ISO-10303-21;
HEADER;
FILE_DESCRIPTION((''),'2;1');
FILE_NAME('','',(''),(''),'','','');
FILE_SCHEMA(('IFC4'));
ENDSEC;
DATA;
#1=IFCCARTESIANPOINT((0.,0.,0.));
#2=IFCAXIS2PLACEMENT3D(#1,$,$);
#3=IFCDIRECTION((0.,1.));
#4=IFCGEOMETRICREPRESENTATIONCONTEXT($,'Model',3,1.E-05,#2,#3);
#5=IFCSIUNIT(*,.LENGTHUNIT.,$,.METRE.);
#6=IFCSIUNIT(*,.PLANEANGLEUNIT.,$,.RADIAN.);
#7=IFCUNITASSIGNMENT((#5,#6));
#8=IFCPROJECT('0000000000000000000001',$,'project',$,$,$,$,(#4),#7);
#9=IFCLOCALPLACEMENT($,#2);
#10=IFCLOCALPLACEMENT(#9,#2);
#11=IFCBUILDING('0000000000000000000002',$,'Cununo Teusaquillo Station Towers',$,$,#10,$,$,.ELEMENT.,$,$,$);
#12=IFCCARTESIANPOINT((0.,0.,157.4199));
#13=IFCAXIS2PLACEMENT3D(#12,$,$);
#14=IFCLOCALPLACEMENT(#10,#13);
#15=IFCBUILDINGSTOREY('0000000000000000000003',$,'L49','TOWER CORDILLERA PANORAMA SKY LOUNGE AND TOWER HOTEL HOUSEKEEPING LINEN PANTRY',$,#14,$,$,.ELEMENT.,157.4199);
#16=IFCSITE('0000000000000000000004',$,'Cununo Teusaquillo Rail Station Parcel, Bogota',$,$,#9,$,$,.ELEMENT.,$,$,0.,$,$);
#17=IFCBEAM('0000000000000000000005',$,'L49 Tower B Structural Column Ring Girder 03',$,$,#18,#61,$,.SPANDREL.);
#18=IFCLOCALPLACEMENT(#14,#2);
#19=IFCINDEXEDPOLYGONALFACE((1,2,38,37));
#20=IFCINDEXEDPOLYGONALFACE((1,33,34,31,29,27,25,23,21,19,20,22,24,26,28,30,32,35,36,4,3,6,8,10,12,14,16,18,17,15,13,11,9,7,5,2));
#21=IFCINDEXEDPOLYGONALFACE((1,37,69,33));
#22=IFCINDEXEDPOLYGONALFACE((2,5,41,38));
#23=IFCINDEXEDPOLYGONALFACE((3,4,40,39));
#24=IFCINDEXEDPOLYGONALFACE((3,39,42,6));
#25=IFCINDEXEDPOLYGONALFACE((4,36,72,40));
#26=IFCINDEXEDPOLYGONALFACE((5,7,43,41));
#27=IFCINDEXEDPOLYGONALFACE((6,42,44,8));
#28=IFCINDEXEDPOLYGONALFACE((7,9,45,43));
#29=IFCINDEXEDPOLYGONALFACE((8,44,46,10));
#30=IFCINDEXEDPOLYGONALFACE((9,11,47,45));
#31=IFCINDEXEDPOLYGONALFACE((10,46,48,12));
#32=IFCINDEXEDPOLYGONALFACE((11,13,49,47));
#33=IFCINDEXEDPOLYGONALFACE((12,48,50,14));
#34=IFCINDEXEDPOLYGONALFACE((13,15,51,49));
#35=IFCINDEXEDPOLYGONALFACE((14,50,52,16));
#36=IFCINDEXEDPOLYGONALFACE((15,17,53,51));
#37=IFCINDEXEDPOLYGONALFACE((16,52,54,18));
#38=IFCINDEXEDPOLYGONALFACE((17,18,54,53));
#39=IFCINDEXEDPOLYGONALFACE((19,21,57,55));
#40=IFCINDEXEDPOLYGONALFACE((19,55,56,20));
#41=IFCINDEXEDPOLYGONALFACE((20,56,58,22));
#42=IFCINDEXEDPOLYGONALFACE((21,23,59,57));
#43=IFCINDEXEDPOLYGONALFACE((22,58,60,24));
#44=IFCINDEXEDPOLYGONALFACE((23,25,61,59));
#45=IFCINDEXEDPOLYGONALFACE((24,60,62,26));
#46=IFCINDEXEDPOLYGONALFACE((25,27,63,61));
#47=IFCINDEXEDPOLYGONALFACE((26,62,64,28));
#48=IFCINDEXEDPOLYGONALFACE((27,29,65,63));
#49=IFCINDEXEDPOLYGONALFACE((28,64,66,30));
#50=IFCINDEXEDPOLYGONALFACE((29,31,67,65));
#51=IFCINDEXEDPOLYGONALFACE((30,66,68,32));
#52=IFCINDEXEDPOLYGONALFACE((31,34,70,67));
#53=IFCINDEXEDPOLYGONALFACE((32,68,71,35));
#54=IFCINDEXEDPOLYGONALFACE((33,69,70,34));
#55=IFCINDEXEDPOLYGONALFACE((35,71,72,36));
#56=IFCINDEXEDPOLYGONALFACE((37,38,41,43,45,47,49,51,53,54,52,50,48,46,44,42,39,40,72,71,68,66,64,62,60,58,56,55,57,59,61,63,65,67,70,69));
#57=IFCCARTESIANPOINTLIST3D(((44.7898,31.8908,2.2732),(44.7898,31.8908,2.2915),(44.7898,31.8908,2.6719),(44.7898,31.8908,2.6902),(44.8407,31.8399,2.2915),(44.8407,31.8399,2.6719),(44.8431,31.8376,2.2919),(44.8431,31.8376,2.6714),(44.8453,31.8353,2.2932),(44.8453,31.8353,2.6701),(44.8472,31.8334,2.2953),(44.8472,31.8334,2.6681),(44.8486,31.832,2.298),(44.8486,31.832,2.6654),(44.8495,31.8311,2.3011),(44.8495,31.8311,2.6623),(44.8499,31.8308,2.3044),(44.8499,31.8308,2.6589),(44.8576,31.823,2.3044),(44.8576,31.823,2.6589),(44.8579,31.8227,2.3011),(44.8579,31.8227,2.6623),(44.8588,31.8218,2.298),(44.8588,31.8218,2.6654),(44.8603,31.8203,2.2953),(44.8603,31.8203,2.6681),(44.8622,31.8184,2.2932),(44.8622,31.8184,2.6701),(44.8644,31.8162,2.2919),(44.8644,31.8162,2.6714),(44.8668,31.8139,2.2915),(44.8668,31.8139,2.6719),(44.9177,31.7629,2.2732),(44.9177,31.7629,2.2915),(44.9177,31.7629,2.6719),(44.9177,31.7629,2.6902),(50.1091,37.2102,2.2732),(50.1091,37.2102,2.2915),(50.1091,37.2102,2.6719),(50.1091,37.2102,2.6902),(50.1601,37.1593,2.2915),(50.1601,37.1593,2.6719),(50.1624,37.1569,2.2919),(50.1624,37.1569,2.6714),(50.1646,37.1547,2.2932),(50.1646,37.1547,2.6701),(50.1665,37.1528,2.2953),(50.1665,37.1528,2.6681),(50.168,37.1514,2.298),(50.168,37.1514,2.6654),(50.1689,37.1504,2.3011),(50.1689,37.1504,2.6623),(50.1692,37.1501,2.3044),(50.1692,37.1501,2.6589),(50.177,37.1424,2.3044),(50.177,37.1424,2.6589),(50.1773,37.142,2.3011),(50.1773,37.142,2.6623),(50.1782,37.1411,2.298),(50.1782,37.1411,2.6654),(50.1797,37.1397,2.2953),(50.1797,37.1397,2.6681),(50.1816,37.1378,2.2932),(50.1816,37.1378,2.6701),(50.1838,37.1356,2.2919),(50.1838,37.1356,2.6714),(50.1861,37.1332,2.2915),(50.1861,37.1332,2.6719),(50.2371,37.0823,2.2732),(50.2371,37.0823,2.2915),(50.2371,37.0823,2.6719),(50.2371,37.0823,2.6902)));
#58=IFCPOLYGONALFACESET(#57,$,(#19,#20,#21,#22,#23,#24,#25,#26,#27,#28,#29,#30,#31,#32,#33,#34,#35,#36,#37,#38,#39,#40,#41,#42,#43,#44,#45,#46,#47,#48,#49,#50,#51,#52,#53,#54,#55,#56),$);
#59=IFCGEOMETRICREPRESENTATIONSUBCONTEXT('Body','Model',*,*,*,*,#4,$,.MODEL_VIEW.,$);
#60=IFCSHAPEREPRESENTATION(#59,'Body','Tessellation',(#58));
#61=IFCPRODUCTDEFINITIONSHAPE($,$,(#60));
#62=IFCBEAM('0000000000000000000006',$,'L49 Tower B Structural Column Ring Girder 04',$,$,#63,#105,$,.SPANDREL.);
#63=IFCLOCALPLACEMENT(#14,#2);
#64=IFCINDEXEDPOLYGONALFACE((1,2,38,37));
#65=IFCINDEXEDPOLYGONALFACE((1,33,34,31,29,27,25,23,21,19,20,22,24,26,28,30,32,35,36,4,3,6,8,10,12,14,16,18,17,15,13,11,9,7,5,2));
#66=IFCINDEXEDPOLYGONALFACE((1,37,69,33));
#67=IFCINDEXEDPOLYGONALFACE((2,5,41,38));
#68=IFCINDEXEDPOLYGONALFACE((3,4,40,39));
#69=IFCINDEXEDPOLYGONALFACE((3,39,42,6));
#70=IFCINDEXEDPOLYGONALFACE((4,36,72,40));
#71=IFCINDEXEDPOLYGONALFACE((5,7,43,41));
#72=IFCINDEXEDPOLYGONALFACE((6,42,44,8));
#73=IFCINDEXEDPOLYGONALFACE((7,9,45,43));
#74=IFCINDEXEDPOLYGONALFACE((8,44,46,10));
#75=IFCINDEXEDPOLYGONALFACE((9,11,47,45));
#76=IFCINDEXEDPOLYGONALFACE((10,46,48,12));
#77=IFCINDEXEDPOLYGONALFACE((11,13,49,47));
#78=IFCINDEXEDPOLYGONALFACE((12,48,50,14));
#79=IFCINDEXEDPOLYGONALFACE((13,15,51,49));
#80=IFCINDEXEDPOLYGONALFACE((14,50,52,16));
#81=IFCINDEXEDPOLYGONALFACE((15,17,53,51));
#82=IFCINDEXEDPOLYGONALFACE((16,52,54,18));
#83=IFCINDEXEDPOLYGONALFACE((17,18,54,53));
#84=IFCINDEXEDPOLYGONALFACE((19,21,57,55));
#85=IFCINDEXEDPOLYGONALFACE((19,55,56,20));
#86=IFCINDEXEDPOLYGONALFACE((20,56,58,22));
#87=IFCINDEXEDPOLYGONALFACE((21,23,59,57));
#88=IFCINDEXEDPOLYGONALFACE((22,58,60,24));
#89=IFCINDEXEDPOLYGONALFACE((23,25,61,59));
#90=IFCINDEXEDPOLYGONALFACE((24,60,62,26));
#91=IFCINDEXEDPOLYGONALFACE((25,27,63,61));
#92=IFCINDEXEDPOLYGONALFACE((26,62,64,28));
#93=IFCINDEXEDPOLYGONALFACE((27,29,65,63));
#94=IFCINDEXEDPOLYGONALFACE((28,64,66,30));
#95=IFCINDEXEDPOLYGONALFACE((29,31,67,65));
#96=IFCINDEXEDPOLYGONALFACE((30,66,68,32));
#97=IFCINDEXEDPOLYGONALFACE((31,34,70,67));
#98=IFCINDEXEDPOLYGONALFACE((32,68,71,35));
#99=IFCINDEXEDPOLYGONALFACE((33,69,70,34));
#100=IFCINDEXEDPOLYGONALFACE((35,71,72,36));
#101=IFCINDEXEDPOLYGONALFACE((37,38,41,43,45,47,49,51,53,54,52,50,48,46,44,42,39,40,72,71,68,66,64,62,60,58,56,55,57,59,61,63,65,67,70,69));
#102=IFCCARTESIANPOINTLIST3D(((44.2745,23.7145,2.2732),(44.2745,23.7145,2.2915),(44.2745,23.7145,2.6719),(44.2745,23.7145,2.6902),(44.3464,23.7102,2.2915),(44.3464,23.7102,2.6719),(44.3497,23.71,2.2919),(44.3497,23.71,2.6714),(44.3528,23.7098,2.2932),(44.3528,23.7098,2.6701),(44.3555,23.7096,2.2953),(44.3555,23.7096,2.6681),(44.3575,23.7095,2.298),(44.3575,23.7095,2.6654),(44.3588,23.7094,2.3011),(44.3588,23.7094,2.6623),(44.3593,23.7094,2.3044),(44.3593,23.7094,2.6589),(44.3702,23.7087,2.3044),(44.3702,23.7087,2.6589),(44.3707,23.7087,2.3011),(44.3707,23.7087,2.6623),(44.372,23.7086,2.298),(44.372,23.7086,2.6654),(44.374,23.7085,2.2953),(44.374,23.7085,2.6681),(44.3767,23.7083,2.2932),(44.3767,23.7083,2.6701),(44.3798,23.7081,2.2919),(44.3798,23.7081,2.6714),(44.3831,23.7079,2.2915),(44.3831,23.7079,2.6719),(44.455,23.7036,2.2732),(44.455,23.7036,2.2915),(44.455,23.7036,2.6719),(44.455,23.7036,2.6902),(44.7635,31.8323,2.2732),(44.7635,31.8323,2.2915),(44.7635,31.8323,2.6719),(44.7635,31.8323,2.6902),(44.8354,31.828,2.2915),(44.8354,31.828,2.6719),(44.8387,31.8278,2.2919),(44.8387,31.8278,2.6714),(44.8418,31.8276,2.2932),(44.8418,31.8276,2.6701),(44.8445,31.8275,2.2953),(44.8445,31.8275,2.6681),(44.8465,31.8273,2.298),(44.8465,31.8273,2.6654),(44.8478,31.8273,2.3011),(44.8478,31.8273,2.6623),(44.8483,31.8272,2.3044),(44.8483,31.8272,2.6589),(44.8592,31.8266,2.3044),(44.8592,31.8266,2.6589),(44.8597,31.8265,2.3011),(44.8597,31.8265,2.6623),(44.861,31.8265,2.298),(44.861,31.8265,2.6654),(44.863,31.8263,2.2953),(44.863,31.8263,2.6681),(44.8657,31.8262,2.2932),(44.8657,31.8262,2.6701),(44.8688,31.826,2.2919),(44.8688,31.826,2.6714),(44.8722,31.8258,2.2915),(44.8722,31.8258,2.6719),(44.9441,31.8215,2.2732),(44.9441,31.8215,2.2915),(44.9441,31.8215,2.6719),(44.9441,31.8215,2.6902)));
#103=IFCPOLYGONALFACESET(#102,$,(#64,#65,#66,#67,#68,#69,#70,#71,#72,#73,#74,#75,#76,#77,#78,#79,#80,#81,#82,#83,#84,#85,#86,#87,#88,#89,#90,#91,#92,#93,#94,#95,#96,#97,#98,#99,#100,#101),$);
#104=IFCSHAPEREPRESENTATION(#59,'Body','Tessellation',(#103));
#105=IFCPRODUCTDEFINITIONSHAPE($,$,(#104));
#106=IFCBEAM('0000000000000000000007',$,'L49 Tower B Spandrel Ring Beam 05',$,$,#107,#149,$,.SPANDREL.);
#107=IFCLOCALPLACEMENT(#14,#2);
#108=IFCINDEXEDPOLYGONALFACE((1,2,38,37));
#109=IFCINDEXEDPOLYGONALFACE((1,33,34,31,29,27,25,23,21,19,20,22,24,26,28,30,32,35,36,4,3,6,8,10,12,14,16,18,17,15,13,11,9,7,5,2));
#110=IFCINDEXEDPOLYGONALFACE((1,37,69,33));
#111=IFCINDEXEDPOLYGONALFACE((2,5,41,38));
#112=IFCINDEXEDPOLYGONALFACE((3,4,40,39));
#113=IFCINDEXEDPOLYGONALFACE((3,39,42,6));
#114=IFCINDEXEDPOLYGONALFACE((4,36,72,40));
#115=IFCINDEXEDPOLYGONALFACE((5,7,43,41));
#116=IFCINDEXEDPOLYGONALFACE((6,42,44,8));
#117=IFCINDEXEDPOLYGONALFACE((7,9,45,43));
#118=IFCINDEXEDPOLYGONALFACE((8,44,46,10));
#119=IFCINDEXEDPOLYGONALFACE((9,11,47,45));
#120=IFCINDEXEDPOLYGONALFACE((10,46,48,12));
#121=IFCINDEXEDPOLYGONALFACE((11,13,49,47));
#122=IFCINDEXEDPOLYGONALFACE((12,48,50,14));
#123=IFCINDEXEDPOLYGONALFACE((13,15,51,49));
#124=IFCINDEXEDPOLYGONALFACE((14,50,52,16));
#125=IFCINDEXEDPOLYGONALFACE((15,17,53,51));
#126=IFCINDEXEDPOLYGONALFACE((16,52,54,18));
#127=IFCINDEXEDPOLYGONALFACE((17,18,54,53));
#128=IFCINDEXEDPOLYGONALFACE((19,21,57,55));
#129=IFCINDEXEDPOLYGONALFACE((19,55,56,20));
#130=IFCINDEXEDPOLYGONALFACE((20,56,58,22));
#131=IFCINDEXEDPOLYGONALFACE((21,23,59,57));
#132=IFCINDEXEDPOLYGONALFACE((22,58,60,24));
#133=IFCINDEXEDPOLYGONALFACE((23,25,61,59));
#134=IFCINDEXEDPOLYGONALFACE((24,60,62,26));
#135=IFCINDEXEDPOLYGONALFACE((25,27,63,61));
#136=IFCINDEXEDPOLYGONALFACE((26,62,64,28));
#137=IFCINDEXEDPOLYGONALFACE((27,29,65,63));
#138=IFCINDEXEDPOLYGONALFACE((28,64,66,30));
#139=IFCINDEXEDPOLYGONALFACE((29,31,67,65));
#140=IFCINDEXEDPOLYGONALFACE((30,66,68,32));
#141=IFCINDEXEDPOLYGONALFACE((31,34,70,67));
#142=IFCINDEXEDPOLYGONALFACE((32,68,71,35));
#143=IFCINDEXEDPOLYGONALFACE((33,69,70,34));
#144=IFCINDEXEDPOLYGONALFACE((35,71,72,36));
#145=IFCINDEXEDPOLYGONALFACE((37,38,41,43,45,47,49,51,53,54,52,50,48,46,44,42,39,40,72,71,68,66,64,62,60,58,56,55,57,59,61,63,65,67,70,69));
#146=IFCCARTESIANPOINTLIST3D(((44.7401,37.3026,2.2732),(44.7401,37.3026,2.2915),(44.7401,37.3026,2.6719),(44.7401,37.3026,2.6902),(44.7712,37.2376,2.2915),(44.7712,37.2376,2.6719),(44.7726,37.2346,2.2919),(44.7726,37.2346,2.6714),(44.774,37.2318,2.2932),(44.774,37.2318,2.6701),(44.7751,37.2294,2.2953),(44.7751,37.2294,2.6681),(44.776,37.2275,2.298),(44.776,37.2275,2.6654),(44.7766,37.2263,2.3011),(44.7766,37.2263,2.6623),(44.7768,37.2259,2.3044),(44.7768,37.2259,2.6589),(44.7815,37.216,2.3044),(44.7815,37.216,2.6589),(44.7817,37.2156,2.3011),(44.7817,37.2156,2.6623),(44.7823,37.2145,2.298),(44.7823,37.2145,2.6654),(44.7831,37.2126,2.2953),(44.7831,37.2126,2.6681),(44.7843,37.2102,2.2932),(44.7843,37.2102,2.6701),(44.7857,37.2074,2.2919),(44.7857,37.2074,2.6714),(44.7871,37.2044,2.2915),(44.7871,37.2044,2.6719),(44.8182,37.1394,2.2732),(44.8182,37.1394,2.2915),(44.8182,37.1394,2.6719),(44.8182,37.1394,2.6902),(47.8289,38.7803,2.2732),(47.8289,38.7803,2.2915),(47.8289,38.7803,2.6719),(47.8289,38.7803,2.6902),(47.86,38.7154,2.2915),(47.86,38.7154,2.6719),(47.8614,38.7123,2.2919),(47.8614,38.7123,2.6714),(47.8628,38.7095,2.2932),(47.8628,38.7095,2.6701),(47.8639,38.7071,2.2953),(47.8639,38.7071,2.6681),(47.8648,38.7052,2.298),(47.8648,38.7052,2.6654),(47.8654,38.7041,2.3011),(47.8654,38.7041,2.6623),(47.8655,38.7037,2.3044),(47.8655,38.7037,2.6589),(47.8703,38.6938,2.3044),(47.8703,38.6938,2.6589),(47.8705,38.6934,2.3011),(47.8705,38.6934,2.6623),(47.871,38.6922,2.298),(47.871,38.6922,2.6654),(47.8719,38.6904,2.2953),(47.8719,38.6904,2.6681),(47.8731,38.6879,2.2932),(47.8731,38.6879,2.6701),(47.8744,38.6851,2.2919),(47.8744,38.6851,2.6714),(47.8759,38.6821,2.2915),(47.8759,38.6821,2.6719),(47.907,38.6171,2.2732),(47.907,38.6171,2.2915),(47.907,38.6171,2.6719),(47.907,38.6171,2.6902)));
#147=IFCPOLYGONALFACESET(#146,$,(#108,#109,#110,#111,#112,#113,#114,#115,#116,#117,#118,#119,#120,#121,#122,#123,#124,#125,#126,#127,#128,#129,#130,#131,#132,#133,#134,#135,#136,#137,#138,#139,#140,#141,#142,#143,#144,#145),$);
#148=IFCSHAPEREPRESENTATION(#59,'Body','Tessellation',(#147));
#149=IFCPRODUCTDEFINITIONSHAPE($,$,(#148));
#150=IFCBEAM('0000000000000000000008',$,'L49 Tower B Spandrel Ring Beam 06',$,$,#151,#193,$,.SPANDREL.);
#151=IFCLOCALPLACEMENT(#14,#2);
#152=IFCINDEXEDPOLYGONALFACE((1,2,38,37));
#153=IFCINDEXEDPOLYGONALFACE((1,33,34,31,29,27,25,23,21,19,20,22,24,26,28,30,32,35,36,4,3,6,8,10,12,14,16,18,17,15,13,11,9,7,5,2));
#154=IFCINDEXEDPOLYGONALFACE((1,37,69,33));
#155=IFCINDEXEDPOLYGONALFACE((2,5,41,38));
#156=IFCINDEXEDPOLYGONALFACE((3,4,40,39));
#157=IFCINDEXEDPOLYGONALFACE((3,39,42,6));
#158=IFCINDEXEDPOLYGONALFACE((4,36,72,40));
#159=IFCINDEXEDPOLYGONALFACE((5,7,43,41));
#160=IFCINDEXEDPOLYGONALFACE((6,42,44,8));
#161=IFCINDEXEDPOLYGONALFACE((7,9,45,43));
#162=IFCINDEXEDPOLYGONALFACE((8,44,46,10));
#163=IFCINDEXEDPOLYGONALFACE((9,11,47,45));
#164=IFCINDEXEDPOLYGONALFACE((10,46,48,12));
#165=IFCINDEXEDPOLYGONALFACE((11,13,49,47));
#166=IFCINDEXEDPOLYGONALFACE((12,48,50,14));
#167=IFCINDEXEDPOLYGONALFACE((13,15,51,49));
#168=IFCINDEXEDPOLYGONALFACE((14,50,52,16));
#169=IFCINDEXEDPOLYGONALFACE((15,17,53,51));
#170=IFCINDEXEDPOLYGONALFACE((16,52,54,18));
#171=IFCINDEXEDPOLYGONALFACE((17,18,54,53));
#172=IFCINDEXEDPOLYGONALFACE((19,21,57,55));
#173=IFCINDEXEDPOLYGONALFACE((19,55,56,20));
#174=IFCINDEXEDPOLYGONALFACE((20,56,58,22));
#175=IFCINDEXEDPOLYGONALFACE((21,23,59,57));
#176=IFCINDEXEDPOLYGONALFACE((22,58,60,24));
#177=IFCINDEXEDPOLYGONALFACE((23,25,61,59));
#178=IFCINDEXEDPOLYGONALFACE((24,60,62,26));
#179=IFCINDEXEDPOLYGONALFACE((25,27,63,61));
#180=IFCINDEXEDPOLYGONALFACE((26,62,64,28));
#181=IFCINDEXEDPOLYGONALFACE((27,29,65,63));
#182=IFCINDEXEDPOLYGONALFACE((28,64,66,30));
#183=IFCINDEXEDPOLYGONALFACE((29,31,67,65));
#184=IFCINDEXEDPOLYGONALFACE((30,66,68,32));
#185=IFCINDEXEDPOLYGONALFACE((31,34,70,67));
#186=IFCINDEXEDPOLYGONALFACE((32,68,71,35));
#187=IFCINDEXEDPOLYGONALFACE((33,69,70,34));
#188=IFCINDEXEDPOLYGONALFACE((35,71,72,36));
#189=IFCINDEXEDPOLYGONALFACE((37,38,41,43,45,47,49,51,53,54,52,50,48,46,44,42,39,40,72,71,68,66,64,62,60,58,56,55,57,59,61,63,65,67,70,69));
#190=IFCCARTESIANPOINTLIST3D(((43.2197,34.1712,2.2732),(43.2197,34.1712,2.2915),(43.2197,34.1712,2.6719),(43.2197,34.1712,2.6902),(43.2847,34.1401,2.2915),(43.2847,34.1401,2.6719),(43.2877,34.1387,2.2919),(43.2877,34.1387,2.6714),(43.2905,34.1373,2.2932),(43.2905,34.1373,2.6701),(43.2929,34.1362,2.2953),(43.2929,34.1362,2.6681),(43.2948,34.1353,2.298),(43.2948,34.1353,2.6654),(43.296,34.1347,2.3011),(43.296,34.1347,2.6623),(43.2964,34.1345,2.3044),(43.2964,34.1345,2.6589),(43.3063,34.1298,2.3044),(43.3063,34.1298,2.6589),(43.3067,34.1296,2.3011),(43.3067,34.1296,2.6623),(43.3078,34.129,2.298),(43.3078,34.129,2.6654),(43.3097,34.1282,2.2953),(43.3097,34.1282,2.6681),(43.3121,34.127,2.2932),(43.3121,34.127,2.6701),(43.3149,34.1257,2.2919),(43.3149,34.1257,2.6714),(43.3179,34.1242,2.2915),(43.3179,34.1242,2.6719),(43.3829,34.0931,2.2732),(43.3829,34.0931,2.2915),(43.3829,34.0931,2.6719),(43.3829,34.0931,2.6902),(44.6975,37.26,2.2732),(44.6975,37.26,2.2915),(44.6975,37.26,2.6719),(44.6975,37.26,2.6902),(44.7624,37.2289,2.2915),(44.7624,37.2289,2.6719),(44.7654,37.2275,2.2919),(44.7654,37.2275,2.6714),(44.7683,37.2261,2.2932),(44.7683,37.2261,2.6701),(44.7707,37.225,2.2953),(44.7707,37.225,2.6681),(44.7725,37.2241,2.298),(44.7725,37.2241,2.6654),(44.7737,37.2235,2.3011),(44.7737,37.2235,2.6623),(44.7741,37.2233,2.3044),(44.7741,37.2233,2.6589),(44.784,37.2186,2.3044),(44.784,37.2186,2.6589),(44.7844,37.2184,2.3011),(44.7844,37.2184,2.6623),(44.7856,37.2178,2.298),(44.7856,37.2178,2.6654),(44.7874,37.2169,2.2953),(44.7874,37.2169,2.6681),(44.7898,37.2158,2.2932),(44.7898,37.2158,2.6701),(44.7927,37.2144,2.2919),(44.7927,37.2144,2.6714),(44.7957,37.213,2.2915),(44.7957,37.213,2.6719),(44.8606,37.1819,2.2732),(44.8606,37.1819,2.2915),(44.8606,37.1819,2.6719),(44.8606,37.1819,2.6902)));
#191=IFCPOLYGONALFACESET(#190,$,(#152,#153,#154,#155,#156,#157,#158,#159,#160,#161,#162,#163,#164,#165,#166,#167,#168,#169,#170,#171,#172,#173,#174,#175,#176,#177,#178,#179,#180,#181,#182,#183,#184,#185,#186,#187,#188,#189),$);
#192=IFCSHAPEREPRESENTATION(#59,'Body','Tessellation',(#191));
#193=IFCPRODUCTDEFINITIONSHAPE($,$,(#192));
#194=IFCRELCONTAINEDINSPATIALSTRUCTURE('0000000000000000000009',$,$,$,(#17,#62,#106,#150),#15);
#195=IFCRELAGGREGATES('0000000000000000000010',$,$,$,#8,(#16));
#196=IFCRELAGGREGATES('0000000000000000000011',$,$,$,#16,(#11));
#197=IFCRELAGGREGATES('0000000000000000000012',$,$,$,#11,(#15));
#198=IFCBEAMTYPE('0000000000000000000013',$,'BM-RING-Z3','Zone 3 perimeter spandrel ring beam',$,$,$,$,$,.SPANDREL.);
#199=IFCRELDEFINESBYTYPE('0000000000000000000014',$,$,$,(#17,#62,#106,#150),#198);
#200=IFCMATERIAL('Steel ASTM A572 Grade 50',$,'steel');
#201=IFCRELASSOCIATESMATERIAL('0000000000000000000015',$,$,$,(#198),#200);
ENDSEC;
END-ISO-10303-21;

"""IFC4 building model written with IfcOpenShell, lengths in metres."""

from ifc_helpers import new_model, si_unit, direction, frame, origin, origin_2d, place, context, subcontext, project, spatial, i_section, extrude, material, material_profile, profile_set, type_object, element, save


model = new_model("IFC4")

# Units and contexts
model_context = context("Model", 3, precision=1e-05, world=origin(), true_north=direction((0.0, 1.0)))
body_context = subcontext(model_context, "Body", "Model", "MODEL_VIEW")
ifc_project = project(units=[si_unit("LENGTHUNIT", "METRE"), si_unit("PLANEANGLEUNIT", "RADIAN")], contexts=[model_context])

# Site, building, storey
site_placement = place(None, origin())
site = spatial("IfcSite", under=ifc_project, at=site_placement, Name="Cununo Teusaquillo Rail Station Parcel, Bogota", CompositionType="ELEMENT", RefElevation=0.0)
building_placement = place(site_placement, origin())
building = spatial("IfcBuilding", under=site, at=building_placement, Name="Cununo Teusaquillo Station Towers", CompositionType="ELEMENT")
storey_placement = place(building_placement, frame((0.0, 0.0, 157.4199)))
storey = spatial("IfcBuildingStorey", under=building, at=storey_placement, Name="L49", Description="TOWER CORDILLERA PANORAMA SKY LOUNGE AND TOWER HOTEL HOUSEKEEPING LINEN PANTRY", CompositionType="ELEMENT", Elevation=157.4199)

# Beams
ifc_material_1 = material(Name="Steel ASTM A572 Grade 50", Category="steel")
ifc_material_profile_1 = material_profile(ifc_material_1, i_section(OverallWidth=0.1809, OverallDepth=0.417, WebThickness=0.011, FlangeThickness=0.0183, FilletRadius=0.0129, at=origin_2d()), Name="W16X57")
ifc_profile_set_1 = profile_set([ifc_material_profile_1], Name="Steel ASTM A572 Grade 50")
beam_type_1 = type_object("IfcBeamType", Name="BM-RING-Z3", Description="Zone 3 perimeter spandrel ring beam", PredefinedType="SPANDREL", material=ifc_profile_set_1)
beam_1_placement = place(storey_placement, frame((50.1731, 37.1462, 2.4817), z_axis=(-0.707107, -0.707107, 0.0), x_axis=(0.707107, -0.707107, 0.0)))
element("IfcBeam", 1, at=beam_1_placement, inside=storey, type_object=beam_type_1, Name="L49 Tower B Structural Column Ring Girder 03", PredefinedType="SPANDREL", context=body_context, shape_type="SweptSolid", body=[
    extrude(i_section(OverallWidth=0.1809, OverallDepth=0.417, WebThickness=0.011, FlangeThickness=0.0183, FilletRadius=0.0129, at=origin_2d()), origin(), (0.0, 0.0, 1.0), 7.5227),
])
beam_2_placement = place(storey_placement, frame((44.8538, 31.8269, 2.4817), z_axis=(-0.06013, -0.998191, 0.0), x_axis=(0.998191, -0.06013, 0.0)))
element("IfcBeam", 2, at=beam_2_placement, inside=storey, type_object=beam_type_1, Name="L49 Tower B Structural Column Ring Girder 04", PredefinedType="SPANDREL", context=body_context, shape_type="SweptSolid", body=[
    extrude(i_section(OverallWidth=0.1809, OverallDepth=0.417, WebThickness=0.011, FlangeThickness=0.0183, FilletRadius=0.0129, at=origin_2d()), origin(), (0.0, 0.0, 1.0), 8.1326),
])
for number, where, z_axis, x_axis, name in (
    (3, (47.8679, 38.6987, 2.4817), (-0.902078, -0.431574, 0.0), (0.431574, -0.902078, 0.0), "L49 Tower B Spandrel Ring Beam 05"),
    (4, (44.7791, 37.2209, 2.4817), (-0.431574, -0.902078, 0.0), (0.902078, -0.431574, 0.0), "L49 Tower B Spandrel Ring Beam 06"),
):
    element("IfcBeam", number, at=place(storey_placement, frame(where, z_axis=z_axis, x_axis=x_axis)), inside=storey, type_object=beam_type_1, Name=name, PredefinedType="SPANDREL", context=body_context, shape_type="SweptSolid", body=[
        extrude(i_section(OverallWidth=0.1809, OverallDepth=0.417, WebThickness=0.011, FlangeThickness=0.0183, FilletRadius=0.0129, at=origin_2d()), origin(), (0.0, 0.0, 1.0), 3.4241),
    ])

save(model, "model.ifc")
